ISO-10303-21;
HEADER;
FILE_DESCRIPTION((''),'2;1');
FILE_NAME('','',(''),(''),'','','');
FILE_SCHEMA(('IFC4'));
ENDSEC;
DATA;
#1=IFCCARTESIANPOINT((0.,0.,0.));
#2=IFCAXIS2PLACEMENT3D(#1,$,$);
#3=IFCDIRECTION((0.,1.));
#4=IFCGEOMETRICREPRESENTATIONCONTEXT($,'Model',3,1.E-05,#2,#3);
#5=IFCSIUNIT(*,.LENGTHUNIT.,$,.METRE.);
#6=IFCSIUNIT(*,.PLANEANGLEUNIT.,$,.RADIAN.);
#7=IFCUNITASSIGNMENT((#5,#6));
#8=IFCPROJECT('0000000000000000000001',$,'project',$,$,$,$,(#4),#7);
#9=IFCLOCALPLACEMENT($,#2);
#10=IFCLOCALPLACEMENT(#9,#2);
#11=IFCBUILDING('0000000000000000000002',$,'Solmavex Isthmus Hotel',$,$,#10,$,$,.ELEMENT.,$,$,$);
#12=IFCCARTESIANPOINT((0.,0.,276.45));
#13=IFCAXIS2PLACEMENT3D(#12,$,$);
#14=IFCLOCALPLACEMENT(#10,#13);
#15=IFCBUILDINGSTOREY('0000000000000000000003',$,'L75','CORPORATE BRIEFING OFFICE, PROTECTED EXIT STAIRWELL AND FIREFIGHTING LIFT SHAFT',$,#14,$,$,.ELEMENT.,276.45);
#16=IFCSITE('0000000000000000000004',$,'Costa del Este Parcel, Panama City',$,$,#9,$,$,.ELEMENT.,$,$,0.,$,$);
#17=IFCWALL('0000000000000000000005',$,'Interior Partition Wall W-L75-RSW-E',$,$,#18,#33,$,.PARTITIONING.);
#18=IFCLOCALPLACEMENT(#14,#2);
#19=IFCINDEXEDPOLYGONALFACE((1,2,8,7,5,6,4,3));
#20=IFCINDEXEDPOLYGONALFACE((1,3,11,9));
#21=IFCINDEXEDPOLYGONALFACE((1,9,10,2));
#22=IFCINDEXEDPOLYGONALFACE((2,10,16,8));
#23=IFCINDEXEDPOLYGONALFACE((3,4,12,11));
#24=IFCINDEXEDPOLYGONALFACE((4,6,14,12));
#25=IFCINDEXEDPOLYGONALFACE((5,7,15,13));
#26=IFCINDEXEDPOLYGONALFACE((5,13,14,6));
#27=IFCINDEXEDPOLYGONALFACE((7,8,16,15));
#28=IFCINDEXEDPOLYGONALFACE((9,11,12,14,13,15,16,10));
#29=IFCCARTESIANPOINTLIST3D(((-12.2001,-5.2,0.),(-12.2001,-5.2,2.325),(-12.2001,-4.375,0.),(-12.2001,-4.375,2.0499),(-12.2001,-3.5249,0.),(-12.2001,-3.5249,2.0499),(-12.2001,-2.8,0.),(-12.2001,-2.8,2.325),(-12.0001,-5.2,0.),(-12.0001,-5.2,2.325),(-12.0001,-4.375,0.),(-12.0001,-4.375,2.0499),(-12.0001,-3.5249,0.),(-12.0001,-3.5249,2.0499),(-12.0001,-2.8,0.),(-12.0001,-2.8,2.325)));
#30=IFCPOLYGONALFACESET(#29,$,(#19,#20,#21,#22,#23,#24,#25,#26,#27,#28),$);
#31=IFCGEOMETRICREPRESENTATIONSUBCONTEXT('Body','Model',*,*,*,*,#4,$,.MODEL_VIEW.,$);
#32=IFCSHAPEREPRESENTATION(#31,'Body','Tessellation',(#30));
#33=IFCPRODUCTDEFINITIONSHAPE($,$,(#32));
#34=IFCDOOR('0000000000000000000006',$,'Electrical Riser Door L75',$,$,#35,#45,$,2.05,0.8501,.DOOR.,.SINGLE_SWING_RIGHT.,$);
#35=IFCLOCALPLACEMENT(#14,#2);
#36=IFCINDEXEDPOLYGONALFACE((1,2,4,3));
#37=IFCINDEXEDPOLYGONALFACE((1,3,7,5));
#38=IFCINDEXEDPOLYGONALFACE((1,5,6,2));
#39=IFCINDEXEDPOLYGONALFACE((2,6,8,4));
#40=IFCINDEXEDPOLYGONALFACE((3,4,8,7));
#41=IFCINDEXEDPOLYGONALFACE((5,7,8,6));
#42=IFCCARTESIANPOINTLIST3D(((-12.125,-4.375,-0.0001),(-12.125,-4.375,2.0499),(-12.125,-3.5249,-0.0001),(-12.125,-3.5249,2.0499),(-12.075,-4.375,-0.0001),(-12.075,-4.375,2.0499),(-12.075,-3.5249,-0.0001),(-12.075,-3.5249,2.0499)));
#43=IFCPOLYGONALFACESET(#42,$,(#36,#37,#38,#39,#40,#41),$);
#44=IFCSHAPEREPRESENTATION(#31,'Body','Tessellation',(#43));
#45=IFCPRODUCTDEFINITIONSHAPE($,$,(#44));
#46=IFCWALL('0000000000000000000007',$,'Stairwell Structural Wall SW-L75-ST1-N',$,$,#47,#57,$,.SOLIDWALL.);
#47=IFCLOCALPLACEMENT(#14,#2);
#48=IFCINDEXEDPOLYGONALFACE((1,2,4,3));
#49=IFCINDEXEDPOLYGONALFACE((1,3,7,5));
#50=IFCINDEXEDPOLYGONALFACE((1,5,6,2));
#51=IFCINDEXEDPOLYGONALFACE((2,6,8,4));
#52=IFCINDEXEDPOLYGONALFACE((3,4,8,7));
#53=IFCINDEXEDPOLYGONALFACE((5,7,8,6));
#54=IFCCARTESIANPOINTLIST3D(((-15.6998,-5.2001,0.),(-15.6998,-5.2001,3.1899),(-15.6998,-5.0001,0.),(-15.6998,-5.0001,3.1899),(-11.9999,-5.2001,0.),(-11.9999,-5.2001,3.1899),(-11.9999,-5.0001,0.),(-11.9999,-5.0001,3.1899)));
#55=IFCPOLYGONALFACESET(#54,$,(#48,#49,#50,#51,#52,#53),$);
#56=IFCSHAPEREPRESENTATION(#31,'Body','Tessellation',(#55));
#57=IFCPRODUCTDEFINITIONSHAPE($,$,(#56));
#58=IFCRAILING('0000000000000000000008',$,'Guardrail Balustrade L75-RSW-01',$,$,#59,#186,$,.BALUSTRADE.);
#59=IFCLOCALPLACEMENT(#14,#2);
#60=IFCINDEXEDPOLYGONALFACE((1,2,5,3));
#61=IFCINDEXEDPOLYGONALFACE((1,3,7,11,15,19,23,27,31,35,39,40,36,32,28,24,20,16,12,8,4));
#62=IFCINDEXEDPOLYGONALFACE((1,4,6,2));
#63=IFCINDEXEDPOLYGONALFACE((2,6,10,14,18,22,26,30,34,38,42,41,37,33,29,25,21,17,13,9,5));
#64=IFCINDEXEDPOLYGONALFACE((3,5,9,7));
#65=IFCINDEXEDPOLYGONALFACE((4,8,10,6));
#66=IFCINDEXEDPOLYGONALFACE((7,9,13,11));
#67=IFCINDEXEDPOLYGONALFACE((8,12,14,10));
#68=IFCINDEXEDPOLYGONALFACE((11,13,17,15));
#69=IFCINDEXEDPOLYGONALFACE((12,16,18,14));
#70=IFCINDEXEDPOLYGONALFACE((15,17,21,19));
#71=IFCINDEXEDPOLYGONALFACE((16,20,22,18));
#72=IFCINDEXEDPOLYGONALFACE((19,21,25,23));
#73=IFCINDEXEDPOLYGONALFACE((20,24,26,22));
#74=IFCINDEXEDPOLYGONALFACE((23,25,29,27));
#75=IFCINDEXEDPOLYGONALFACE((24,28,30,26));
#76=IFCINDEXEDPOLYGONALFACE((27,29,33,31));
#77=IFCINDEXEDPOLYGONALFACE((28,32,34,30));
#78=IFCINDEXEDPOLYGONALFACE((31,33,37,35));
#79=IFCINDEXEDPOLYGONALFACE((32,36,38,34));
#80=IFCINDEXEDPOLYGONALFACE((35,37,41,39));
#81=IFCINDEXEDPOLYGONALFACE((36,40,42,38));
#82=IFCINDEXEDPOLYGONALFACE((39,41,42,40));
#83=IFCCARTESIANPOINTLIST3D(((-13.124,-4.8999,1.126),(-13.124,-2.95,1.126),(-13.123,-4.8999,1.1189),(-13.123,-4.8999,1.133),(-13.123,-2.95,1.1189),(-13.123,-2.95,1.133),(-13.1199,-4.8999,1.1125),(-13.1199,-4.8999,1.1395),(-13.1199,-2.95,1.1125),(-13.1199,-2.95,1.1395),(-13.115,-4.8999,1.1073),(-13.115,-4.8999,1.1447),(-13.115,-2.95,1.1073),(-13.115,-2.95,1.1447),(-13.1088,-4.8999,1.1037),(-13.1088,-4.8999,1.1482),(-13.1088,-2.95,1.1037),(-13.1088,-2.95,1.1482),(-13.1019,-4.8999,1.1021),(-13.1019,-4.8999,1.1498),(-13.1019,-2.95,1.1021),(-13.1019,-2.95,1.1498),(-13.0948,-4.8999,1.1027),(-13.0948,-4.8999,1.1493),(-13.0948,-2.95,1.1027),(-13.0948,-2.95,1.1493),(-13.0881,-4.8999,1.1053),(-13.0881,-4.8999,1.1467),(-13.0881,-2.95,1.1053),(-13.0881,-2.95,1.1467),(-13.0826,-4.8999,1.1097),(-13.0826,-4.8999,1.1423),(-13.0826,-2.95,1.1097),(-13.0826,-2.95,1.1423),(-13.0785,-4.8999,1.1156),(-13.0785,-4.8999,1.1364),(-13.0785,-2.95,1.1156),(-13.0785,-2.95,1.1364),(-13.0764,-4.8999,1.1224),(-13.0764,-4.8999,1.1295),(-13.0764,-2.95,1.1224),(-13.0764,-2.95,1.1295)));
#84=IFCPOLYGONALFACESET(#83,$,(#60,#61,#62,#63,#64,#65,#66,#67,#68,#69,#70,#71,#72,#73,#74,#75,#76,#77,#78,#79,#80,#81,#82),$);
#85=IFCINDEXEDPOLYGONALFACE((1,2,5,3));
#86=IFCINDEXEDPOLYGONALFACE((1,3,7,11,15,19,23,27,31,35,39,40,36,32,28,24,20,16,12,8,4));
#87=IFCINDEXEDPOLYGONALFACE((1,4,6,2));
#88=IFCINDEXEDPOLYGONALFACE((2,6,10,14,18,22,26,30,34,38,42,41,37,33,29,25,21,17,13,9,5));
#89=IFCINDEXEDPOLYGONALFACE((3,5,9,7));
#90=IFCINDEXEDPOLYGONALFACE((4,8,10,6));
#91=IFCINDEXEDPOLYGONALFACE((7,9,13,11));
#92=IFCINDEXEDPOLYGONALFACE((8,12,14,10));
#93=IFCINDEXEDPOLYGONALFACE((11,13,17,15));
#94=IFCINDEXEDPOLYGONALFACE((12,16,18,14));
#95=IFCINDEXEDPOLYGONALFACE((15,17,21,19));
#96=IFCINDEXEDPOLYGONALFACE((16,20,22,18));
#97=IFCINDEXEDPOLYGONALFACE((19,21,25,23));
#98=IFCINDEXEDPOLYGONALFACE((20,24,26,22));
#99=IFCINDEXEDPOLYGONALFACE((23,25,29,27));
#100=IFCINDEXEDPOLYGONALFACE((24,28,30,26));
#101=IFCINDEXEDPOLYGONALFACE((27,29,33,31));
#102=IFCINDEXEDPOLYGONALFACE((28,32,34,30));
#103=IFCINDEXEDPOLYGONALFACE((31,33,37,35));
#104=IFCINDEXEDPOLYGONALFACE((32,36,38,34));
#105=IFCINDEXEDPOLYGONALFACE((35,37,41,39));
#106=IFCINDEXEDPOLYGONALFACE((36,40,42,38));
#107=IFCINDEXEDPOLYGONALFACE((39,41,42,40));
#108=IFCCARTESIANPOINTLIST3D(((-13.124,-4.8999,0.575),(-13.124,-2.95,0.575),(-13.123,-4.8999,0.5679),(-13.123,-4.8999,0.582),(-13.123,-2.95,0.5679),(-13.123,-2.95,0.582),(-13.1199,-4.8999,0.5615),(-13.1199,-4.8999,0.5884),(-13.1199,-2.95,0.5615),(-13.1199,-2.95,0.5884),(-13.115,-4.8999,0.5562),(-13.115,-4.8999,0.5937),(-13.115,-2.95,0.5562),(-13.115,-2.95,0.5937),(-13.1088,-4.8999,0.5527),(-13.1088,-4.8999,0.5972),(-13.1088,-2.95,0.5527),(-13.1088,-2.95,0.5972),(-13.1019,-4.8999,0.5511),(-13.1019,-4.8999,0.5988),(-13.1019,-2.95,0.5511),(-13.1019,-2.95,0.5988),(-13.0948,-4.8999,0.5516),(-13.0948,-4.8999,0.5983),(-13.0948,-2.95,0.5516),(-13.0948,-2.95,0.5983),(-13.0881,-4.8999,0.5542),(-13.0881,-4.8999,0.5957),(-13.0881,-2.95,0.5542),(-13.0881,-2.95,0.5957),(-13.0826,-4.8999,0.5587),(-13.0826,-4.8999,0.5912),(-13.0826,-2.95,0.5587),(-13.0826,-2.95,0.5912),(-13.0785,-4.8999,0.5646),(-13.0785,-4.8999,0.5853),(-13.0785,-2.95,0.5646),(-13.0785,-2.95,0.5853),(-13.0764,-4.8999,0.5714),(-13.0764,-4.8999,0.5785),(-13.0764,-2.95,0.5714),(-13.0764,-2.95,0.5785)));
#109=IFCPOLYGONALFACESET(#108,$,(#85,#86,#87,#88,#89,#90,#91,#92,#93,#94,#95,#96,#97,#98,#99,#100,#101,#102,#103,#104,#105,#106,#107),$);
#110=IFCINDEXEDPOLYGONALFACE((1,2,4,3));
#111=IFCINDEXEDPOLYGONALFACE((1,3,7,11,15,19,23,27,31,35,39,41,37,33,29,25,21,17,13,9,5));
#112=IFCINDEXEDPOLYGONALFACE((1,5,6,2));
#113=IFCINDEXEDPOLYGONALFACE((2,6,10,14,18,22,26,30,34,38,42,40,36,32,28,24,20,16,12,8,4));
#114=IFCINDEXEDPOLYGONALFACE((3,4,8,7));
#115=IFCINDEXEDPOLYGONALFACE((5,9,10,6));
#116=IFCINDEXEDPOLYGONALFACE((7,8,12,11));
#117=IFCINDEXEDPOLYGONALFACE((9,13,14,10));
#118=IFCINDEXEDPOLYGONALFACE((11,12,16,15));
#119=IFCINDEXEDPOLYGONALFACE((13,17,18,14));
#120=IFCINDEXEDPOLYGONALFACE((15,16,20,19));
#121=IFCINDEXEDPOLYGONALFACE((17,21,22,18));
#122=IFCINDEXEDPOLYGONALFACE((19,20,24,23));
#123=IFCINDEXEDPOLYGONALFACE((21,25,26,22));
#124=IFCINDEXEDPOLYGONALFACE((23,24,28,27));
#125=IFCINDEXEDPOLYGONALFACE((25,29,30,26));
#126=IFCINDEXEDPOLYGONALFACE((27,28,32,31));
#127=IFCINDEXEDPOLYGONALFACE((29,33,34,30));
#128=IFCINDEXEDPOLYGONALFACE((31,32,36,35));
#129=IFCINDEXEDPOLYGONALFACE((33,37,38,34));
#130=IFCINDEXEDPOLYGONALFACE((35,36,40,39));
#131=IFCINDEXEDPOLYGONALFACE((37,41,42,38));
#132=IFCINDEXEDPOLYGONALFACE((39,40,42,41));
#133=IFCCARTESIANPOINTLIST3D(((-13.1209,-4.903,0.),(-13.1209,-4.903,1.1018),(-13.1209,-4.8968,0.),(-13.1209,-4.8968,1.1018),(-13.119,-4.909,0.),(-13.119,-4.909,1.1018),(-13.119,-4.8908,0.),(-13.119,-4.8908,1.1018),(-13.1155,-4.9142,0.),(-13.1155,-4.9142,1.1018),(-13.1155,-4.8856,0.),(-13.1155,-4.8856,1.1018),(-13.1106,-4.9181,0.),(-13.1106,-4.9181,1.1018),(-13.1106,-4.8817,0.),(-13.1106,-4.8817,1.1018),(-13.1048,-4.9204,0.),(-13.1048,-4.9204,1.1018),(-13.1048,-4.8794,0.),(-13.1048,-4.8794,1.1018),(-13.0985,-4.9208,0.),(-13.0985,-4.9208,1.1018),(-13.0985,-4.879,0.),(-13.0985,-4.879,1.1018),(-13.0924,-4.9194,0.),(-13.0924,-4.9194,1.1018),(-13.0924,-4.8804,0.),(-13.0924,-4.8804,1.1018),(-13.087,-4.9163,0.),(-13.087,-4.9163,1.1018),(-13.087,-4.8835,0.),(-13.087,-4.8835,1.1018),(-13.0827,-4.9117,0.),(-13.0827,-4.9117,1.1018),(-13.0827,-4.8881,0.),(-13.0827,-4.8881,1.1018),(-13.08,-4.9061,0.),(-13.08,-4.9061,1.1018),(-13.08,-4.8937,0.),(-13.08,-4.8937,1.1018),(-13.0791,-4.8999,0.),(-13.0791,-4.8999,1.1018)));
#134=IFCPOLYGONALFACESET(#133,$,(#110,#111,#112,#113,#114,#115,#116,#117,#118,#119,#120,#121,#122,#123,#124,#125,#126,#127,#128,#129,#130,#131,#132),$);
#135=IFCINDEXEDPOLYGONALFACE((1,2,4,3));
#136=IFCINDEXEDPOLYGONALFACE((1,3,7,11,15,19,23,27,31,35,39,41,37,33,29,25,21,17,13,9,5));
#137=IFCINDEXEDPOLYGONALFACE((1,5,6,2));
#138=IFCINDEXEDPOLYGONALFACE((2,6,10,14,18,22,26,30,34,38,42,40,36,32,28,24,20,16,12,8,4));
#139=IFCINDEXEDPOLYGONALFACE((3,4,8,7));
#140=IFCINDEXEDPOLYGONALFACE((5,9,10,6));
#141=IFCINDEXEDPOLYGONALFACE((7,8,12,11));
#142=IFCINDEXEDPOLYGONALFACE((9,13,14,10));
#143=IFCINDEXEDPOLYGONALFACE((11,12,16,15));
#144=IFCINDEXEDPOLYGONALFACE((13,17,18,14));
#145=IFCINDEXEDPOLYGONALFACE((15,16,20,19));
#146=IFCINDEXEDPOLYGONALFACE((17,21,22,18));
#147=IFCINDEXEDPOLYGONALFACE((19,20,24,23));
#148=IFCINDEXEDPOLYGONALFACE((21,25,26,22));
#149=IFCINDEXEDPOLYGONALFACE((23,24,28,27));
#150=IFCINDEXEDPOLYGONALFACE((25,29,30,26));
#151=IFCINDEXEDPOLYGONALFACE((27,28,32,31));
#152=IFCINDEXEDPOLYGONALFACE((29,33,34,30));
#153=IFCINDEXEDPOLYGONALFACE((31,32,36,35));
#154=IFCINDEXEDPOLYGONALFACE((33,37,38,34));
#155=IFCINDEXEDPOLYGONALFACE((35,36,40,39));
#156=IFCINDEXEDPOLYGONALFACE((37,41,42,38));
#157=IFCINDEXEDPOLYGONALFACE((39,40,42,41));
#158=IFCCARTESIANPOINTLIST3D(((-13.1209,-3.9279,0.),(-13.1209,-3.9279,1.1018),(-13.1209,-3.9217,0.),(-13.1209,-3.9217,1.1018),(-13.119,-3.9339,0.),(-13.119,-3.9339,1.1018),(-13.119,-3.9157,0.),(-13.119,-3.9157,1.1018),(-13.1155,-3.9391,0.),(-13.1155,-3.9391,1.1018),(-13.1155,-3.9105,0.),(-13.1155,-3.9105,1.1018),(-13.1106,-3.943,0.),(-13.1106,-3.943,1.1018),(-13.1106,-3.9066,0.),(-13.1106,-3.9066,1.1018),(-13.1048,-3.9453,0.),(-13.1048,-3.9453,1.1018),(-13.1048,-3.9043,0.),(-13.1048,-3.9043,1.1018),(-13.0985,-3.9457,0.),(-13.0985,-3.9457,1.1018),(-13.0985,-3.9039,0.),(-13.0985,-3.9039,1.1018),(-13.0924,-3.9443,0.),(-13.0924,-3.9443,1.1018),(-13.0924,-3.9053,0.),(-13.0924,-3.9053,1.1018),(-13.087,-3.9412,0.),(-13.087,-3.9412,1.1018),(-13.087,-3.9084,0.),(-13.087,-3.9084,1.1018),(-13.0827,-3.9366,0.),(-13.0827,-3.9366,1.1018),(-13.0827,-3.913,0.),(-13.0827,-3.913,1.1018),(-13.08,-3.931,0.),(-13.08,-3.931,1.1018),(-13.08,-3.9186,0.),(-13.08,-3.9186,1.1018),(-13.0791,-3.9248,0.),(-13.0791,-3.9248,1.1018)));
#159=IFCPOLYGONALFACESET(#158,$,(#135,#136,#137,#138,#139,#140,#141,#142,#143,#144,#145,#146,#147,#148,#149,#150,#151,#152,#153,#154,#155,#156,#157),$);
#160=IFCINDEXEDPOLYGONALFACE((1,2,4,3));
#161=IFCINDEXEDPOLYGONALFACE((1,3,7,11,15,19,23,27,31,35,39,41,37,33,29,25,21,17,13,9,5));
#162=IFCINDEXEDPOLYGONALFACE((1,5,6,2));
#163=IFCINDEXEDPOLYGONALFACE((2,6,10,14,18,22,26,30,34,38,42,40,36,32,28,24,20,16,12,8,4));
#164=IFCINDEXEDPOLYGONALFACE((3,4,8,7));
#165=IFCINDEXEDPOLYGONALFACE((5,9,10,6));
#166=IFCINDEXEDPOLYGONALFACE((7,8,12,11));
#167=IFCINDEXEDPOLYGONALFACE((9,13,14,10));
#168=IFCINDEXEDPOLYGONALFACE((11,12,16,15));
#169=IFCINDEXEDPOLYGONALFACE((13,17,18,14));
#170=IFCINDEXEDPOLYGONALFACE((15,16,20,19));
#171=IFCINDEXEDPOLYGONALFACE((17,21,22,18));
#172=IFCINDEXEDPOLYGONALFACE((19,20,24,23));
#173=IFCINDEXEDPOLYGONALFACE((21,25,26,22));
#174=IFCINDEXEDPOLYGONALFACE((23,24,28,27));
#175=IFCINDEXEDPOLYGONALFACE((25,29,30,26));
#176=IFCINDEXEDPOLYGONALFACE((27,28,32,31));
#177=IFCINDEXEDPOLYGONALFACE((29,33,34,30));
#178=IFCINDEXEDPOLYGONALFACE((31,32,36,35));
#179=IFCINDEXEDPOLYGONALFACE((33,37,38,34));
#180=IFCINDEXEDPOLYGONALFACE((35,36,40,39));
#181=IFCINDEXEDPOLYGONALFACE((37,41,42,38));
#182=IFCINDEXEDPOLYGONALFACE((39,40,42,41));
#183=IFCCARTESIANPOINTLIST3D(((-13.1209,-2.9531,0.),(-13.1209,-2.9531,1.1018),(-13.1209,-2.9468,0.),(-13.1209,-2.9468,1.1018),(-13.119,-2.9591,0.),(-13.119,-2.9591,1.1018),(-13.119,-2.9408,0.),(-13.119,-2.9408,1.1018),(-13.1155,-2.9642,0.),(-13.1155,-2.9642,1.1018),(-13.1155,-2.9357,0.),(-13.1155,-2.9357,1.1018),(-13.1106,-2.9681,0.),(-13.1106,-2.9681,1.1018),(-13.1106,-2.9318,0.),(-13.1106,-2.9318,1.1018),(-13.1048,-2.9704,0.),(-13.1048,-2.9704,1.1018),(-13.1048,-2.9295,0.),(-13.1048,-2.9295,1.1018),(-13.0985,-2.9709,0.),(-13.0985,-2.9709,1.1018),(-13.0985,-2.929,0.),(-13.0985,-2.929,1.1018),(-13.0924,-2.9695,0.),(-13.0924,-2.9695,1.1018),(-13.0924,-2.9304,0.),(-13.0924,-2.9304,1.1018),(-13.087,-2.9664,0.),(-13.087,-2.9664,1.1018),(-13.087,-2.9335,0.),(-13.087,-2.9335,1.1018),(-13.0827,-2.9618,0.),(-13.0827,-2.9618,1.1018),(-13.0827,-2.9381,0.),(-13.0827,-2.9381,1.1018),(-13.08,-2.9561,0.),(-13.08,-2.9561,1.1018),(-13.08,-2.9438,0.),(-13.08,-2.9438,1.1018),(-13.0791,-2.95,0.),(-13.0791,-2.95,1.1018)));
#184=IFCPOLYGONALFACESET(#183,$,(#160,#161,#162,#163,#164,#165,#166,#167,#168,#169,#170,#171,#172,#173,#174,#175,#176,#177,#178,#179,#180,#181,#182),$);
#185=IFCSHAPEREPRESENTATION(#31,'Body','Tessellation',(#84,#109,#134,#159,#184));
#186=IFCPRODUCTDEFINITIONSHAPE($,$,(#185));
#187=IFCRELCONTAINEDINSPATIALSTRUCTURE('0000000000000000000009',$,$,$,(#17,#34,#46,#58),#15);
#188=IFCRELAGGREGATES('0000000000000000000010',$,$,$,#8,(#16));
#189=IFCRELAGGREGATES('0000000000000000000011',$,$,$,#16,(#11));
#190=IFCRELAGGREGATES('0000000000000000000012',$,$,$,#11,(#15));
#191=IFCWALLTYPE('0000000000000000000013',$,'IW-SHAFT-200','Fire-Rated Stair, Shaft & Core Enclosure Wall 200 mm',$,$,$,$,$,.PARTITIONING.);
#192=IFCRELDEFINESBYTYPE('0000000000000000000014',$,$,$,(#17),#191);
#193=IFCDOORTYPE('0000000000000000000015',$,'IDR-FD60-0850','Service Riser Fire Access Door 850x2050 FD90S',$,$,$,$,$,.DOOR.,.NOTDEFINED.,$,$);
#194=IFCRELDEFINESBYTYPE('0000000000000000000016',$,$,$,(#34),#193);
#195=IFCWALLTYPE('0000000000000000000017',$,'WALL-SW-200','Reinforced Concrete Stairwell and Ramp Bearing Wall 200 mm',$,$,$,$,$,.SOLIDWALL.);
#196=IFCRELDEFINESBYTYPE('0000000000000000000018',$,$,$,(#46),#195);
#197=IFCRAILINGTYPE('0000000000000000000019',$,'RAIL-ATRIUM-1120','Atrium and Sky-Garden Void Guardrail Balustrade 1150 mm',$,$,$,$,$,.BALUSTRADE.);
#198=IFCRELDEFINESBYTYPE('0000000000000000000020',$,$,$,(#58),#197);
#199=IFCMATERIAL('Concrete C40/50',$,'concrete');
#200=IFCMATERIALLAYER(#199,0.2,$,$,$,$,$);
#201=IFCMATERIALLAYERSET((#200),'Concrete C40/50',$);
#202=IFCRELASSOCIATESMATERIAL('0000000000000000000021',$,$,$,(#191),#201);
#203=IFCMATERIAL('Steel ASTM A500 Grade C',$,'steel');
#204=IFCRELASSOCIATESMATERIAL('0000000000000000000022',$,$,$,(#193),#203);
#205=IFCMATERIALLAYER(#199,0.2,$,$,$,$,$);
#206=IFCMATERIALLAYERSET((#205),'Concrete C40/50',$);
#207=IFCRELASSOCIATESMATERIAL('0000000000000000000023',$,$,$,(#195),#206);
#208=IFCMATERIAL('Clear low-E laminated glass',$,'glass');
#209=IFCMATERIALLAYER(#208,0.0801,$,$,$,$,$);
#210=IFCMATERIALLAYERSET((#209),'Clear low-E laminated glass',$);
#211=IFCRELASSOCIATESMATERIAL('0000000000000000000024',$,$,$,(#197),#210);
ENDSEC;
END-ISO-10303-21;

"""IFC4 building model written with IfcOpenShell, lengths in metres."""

from ifc_helpers import new_model, si_unit, direction, frame, frame_2d, origin, origin_2d, place, context, subcontext, project, spatial, rectangle, circle, extrude, material, layer, layer_set, type_object, element, fill, save


model = new_model("IFC4")

# Units and contexts
model_context = context("Model", 3, precision=1e-05, world=origin(), true_north=direction((0.0, 1.0)))
body_context = subcontext(model_context, "Body", "Model", "MODEL_VIEW")
ifc_project = project(units=[si_unit("LENGTHUNIT", "METRE"), si_unit("PLANEANGLEUNIT", "RADIAN")], contexts=[model_context])

# Site, building, storey
site_placement = place(None, origin())
site = spatial("IfcSite", under=ifc_project, at=site_placement, Name="Costa del Este Parcel, Panama City", CompositionType="ELEMENT", RefElevation=0.0)
building_placement = place(site_placement, origin())
building = spatial("IfcBuilding", under=site, at=building_placement, Name="Solmavex Isthmus Hotel", CompositionType="ELEMENT")
storey_placement = place(building_placement, frame((0.0, 0.0, 276.45)))
storey = spatial("IfcBuildingStorey", under=building, at=storey_placement, Name="L75", Description="CORPORATE BRIEFING OFFICE, PROTECTED EXIT STAIRWELL AND FIREFIGHTING LIFT SHAFT", CompositionType="ELEMENT", Elevation=276.45)

# Wall, opening, door
ifc_material_1 = material(Name="Concrete C40/50", Category="concrete")
ifc_layer_1 = layer(ifc_material_1, 0.2)
ifc_layer_set_1 = layer_set([ifc_layer_1], Name="Concrete C40/50")
wall_type_1 = type_object("IfcWallType", Name="IW-SHAFT-200", Description="Fire-Rated Stair, Shaft & Core Enclosure Wall 200 mm", PredefinedType="PARTITIONING", material=ifc_layer_set_1)
wall_1_placement = place(storey_placement, frame((-12.1001, -5.2, 0.0), z_axis=(0.0, 0.0, 1.0), x_axis=(0.0, 1.0, 0.0)))
wall_1 = element("IfcWall", 1, at=wall_1_placement, inside=storey, type_object=wall_type_1, Name="Interior Partition Wall W-L75-RSW-E", PredefinedType="PARTITIONING", context=body_context, shape_type="SweptSolid", body=[
    extrude(rectangle(XDim=2.3999, YDim=0.2, at=frame_2d((1.2, 0.0))), origin(), (0.0, 0.0, 1.0), 2.325),
])
opening_1_placement = place(wall_1_placement, frame((0.825, 0.0, 0.0)))
opening_1 = element("IfcOpeningElement", 2, at=opening_1_placement, cuts=wall_1, PredefinedType="OPENING", context=body_context, shape_type="SweptSolid", body=[
    extrude(rectangle(XDim=0.8501, YDim=2.05, at=frame_2d((0.425, 1.0249))), frame((0.0, 0.1099, 0.0), z_axis=(0.0, -1.0, 0.0), x_axis=(1.0, 0.0, 0.0)), (0.0, 0.0, 1.0), 0.22),
])
ifc_material_2 = material(Name="Steel ASTM A500 Grade C", Category="steel")
door_type_1 = type_object("IfcDoorType", Name="IDR-FD60-0850", Description="Service Riser Fire Access Door 850x2050 FD90S", OperationType="NOTDEFINED", PredefinedType="DOOR", material=ifc_material_2)
door_1_placement = place(opening_1_placement, origin())
door_1 = element("IfcDoor", 3, at=door_1_placement, inside=storey, type_object=door_type_1, Name="Electrical Riser Door L75", OperationType="SINGLE_SWING_RIGHT", OverallHeight=2.05, OverallWidth=0.8501, PredefinedType="DOOR", context=body_context, shape_type="SweptSolid", body=[
    extrude(rectangle(XDim=0.8501, YDim=2.05, at=frame_2d((0.425, 1.0249))), frame((0.0, 0.0249, 0.0), z_axis=(0.0, -1.0, 0.0), x_axis=(1.0, 0.0, 0.0)), (0.0, 0.0, 1.0), 0.05),
])
fill(opening_1, door_1)

# Wall
ifc_layer_2 = layer(ifc_material_1, 0.2)
ifc_layer_set_2 = layer_set([ifc_layer_2], Name="Concrete C40/50")
wall_type_2 = type_object("IfcWallType", Name="WALL-SW-200", Description="Reinforced Concrete Stairwell and Ramp Bearing Wall 200 mm", PredefinedType="SOLIDWALL", material=ifc_layer_set_2)
wall_2_placement = place(storey_placement, frame((-15.7, -5.1001, 0.0), z_axis=(0.0, 0.0, 1.0), x_axis=(1.0, 0.0, 0.0)))
element("IfcWall", 4, at=wall_2_placement, inside=storey, type_object=wall_type_2, Name="Stairwell Structural Wall SW-L75-ST1-N", PredefinedType="SOLIDWALL", context=body_context, shape_type="SweptSolid", body=[
    extrude(rectangle(XDim=3.7, YDim=0.2, at=frame_2d((1.8501, 0.0))), origin(), (0.0, 0.0, 1.0), 3.1899),
])

# Railing
ifc_material_3 = material(Name="Clear low-E laminated glass", Category="glass")
ifc_layer_3 = layer(ifc_material_3, 0.0801)
ifc_layer_set_3 = layer_set([ifc_layer_3], Name="Clear low-E laminated glass")
railing_type = type_object("IfcRailingType", Name="RAIL-ATRIUM-1120", Description="Atrium and Sky-Garden Void Guardrail Balustrade 1150 mm", PredefinedType="BALUSTRADE", material=ifc_layer_set_3)
railing_placement = place(storey_placement, frame((-13.1001, -4.8999, 0.0)))
element("IfcRailing", 5, at=railing_placement, inside=storey, type_object=railing_type, Name="Guardrail Balustrade L75-RSW-01", PredefinedType="BALUSTRADE", context=body_context, shape_type="SweptSolid", body=[
    extrude(circle(Radius=0.0239, at=origin_2d()), frame((0.0, 0.0, 1.126), z_axis=(0.0, 1.0, 0.0), x_axis=(-1.0, 0.0, 0.0)), (0.0, 0.0, 1.0), 1.95),
    extrude(circle(Radius=0.0239, at=origin_2d()), frame((0.0, 0.0, 0.575), z_axis=(0.0, 1.0, 0.0), x_axis=(-1.0, 0.0, 0.0)), (0.0, 0.0, 1.0), 1.95),
    extrude(circle(Radius=0.021, at=origin_2d()), origin(), (0.0, 0.0, 1.0), 1.1018),
    extrude(circle(Radius=0.021, at=origin_2d()), frame((0.0, 0.9751, 0.0)), (0.0, 0.0, 1.0), 1.1018),
    extrude(circle(Radius=0.021, at=origin_2d()), frame((0.0, 1.95, 0.0)), (0.0, 0.0, 1.0), 1.1018),
])

save(model, "model.ifc")
